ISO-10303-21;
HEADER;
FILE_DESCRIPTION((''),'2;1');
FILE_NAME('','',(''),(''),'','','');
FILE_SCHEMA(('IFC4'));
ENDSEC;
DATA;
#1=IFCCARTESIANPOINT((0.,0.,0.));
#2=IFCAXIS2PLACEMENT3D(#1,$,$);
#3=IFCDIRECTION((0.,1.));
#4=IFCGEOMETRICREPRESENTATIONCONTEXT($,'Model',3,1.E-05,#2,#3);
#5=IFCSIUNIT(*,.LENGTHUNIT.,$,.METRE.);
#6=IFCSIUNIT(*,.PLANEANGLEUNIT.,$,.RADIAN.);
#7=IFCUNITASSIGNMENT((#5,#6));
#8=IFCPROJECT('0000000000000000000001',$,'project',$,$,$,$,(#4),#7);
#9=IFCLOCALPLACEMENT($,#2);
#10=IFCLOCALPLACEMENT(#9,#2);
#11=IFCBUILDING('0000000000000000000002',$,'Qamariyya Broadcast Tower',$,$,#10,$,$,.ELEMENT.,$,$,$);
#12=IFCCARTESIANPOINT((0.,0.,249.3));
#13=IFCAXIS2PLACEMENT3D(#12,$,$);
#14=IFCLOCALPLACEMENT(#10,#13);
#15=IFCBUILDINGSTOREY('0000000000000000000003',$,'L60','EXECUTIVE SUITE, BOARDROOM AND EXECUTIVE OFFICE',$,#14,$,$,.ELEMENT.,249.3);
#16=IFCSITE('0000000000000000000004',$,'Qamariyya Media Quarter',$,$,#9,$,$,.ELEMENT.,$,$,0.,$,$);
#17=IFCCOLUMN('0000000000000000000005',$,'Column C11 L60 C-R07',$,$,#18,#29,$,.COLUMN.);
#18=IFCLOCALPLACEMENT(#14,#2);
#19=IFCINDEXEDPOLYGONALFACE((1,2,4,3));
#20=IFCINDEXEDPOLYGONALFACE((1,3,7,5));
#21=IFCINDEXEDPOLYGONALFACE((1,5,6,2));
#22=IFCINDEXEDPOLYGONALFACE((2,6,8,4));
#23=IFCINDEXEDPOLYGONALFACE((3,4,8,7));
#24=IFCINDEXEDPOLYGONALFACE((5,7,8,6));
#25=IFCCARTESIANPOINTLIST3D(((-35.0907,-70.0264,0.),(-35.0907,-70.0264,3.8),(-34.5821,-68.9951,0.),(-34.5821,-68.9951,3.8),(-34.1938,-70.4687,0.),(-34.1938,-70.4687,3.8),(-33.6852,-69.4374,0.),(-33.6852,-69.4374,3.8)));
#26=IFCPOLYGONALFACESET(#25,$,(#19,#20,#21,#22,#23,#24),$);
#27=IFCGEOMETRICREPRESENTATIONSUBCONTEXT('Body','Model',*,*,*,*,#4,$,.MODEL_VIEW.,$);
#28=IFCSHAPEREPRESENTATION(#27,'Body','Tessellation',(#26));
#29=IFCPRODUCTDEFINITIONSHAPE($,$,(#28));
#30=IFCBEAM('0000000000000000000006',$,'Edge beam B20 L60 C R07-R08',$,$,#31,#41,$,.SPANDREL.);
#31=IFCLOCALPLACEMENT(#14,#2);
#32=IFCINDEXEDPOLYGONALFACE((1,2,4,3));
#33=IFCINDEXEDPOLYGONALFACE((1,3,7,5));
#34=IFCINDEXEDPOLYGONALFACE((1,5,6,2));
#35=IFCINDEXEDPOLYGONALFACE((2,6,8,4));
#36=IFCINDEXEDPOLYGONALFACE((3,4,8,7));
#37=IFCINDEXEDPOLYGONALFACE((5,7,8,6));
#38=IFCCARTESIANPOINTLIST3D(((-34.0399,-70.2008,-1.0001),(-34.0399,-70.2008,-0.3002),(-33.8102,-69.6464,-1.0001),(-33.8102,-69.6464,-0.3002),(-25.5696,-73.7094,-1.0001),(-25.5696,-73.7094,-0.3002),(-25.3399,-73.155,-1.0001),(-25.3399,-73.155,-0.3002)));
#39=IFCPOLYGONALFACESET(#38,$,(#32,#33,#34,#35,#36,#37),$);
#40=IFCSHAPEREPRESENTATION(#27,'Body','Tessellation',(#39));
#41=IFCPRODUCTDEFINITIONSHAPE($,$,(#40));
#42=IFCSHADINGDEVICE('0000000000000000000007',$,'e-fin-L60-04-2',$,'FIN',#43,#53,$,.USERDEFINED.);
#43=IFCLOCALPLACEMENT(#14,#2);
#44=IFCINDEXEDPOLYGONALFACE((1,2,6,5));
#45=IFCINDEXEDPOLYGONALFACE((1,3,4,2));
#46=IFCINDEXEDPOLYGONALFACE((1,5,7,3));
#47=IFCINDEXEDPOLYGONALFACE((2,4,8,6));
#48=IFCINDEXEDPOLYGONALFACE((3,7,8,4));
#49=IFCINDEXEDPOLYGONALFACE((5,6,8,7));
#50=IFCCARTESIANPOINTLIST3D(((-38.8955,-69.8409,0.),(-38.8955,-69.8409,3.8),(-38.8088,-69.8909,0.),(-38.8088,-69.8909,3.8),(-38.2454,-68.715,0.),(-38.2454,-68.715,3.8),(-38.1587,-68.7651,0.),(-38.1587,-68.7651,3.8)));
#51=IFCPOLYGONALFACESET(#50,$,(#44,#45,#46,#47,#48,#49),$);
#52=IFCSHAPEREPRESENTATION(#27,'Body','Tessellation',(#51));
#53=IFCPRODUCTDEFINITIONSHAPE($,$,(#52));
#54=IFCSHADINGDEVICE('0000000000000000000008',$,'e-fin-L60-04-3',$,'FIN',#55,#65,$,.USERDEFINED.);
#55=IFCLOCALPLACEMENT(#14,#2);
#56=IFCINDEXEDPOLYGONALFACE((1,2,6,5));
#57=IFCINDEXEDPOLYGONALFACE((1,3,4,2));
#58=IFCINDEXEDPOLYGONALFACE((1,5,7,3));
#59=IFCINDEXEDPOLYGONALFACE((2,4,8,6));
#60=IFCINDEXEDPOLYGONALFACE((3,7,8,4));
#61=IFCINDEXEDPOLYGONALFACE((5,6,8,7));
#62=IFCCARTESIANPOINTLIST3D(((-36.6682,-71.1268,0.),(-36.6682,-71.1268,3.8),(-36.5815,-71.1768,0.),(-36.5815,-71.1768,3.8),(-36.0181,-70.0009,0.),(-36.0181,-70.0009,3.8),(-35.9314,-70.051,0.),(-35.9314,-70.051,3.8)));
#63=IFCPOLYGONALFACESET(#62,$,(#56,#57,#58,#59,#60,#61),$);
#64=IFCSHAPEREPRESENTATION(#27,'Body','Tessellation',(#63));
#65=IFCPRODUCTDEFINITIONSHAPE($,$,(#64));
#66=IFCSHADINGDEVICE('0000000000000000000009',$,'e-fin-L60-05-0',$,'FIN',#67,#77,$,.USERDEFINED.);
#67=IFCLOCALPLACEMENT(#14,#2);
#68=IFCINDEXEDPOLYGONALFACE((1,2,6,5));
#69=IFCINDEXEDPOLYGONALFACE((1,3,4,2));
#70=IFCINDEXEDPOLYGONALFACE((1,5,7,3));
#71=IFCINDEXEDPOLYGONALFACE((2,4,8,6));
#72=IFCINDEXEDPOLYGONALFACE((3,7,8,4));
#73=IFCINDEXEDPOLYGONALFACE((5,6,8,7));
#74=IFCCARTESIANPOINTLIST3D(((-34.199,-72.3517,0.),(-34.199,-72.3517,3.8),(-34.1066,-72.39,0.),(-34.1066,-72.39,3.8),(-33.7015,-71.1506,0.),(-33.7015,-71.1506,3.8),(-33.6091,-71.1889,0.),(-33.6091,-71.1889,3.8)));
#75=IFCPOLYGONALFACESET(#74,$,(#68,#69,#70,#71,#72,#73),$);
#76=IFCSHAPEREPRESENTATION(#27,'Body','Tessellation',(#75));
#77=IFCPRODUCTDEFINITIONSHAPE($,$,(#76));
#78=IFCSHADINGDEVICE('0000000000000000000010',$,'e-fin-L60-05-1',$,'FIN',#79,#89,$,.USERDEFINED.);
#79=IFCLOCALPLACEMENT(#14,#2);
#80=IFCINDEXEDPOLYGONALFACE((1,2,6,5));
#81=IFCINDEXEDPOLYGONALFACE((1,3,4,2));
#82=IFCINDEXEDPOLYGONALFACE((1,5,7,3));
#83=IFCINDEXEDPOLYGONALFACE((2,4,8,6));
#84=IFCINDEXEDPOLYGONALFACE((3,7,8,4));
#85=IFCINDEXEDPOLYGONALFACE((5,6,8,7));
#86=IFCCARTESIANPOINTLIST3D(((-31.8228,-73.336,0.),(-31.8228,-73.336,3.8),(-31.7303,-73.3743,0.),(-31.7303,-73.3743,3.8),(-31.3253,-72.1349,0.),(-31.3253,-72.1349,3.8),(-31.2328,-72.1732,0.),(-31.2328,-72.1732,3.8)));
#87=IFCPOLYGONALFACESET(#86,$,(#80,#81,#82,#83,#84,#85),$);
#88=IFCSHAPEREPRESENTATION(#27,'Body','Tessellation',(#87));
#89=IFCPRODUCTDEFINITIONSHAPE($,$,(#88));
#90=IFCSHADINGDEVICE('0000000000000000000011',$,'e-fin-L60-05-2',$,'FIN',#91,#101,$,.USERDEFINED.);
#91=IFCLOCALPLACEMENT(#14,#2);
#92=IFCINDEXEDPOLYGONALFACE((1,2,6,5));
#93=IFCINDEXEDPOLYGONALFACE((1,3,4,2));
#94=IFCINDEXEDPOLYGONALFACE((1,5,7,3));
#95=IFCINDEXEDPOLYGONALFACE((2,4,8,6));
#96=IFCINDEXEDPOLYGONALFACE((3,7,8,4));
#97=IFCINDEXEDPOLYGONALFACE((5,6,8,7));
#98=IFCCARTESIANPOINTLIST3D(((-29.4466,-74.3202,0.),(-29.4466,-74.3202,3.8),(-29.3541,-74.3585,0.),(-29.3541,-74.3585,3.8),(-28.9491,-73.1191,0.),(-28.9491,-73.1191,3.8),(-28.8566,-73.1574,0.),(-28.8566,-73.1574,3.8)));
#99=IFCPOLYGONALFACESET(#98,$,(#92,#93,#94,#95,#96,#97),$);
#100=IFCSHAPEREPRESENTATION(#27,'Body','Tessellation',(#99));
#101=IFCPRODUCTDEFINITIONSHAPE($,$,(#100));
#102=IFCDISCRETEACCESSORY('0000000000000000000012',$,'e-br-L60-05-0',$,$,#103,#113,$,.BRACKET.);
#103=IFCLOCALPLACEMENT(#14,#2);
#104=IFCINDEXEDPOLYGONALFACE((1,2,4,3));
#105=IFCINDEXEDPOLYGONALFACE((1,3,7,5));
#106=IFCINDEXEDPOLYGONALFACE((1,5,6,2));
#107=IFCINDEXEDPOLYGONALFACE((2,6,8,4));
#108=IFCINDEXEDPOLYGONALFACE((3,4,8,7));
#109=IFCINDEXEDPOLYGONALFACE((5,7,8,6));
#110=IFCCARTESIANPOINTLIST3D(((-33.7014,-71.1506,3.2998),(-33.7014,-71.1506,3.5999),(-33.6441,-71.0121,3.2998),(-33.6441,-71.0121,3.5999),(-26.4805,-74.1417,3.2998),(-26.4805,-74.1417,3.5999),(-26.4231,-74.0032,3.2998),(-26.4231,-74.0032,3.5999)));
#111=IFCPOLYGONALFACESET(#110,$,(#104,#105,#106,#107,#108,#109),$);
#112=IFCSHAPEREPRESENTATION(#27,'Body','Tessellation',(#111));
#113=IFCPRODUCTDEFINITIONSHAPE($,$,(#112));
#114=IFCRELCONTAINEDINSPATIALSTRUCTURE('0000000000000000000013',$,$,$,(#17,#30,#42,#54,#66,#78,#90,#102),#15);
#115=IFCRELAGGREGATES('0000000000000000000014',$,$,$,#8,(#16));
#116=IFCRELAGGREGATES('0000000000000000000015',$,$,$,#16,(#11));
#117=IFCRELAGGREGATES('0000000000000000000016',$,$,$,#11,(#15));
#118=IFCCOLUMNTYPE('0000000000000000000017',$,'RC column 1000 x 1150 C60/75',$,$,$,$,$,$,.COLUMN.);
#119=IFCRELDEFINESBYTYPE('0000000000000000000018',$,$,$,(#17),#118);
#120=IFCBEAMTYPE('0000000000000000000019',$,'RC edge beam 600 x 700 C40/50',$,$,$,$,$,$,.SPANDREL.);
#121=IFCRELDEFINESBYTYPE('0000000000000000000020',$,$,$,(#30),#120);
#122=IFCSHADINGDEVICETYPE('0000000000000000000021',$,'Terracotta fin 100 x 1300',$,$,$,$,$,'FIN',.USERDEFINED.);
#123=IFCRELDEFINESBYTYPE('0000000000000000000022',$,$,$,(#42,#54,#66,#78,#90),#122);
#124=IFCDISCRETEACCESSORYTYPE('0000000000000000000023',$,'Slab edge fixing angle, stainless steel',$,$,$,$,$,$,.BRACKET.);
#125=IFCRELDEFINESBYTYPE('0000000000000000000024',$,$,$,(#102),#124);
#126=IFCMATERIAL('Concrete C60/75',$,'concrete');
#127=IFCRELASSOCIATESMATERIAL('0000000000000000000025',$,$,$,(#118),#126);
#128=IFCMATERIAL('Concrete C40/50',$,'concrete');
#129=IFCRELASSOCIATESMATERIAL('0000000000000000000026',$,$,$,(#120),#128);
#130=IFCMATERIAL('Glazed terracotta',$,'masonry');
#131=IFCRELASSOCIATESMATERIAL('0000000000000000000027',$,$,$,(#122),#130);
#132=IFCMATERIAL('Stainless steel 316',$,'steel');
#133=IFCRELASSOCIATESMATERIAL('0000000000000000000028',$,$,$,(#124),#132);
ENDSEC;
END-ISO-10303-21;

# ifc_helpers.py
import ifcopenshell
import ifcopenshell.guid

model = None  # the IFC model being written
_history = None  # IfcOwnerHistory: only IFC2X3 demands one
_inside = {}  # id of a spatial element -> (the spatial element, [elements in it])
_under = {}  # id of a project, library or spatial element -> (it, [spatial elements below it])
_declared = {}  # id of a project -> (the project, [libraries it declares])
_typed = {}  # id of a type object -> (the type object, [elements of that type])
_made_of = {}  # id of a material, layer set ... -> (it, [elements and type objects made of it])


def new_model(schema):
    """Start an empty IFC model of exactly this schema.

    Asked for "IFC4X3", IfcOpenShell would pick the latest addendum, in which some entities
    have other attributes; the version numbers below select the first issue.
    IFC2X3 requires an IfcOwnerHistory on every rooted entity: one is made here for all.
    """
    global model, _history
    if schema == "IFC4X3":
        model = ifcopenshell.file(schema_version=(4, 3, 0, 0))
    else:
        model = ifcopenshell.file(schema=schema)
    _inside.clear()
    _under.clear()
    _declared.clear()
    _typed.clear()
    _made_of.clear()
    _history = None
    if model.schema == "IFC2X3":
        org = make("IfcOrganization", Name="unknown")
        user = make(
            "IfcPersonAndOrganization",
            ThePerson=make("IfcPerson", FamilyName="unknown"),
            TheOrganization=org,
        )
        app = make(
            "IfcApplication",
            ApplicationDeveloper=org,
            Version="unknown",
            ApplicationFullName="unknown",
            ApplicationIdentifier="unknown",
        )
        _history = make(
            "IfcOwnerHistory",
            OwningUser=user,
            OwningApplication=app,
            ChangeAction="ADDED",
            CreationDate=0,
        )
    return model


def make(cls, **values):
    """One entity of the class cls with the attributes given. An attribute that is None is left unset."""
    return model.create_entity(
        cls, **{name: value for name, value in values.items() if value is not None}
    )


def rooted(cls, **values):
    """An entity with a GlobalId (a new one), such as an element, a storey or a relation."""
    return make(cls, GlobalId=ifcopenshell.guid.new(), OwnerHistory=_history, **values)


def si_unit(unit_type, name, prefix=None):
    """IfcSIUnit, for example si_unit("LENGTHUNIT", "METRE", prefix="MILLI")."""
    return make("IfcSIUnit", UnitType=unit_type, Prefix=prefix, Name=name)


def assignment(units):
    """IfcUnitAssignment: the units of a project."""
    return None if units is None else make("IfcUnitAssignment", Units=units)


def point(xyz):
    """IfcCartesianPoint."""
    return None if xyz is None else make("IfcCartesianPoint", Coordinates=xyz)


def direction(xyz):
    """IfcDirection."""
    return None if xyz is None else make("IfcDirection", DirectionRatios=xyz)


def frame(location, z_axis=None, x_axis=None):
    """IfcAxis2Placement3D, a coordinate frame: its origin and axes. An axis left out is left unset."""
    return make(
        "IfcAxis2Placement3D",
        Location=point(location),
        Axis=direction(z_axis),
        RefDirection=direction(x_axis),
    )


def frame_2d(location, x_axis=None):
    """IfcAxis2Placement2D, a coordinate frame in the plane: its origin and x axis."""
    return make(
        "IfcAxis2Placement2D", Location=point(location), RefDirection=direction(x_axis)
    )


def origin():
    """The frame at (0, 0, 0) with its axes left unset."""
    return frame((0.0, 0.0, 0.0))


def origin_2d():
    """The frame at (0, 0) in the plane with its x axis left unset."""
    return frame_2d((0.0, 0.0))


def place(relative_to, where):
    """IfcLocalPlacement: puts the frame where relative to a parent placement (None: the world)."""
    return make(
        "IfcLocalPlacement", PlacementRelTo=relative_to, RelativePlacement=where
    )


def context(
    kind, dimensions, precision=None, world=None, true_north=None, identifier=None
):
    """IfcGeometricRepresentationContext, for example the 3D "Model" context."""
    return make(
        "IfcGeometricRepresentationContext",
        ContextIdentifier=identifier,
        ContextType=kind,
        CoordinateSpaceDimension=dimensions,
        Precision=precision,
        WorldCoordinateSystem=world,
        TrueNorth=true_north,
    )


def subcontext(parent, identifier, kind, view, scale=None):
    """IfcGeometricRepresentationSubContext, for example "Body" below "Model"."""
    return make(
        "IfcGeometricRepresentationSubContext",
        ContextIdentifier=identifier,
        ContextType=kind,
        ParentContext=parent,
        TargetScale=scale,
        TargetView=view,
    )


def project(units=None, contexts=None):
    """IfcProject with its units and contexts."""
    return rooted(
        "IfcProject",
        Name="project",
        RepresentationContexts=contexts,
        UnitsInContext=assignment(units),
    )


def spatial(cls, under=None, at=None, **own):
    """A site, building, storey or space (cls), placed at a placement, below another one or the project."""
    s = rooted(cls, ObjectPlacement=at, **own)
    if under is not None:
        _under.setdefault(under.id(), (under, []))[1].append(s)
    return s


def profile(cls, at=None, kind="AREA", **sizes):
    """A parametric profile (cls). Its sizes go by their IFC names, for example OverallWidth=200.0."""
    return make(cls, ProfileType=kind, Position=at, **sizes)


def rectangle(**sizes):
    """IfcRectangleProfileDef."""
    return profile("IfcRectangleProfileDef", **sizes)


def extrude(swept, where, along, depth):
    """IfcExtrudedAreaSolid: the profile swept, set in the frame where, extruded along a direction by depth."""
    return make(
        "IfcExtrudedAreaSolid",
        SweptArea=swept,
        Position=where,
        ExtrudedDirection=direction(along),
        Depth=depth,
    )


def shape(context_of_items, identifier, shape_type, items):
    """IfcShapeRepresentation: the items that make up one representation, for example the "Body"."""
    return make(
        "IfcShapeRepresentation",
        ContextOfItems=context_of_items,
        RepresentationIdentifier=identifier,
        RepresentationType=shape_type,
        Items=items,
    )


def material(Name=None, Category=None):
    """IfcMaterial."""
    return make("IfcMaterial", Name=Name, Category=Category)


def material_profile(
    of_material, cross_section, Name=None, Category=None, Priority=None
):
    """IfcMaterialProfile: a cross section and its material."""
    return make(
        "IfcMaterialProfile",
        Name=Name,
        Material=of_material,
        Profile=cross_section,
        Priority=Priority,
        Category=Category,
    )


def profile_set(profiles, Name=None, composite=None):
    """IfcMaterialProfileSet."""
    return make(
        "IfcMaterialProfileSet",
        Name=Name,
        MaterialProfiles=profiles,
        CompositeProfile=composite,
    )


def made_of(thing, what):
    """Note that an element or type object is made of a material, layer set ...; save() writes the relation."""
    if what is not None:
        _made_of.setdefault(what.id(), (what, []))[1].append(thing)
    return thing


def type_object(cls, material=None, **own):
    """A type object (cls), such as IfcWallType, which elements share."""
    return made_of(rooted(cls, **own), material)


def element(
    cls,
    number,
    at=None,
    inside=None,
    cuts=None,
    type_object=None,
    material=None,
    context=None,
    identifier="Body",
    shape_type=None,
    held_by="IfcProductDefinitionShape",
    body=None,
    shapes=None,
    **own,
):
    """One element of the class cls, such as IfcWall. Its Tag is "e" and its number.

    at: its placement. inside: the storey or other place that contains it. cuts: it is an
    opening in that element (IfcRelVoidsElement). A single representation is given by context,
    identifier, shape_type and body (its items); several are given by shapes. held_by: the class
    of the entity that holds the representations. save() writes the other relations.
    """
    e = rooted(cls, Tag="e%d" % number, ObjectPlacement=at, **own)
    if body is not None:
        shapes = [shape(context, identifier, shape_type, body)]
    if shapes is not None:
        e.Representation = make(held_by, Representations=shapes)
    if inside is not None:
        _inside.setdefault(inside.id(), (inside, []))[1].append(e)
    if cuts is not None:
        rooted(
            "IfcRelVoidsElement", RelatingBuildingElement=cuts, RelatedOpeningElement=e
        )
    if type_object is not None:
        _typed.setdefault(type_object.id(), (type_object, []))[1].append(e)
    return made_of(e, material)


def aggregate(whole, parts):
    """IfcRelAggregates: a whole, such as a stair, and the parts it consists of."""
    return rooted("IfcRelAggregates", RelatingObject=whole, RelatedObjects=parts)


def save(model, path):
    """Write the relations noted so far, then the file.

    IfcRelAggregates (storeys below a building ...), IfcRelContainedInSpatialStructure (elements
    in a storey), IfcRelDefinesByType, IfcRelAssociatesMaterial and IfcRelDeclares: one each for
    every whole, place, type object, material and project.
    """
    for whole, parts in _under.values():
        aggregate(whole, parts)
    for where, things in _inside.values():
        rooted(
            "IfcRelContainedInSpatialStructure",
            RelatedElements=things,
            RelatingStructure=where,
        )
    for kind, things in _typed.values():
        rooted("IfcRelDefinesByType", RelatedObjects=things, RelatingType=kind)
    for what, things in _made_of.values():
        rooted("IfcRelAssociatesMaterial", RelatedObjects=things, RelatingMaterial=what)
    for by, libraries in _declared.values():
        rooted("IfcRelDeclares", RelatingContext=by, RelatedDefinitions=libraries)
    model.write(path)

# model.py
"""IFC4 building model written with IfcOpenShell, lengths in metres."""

from ifc_helpers import new_model, si_unit, direction, frame, origin, origin_2d, place, context, subcontext, project, spatial, rectangle, extrude, material, material_profile, profile_set, type_object, element, save


model = new_model("IFC4")

# Units and contexts
model_context = context("Model", 3, precision=1e-05, world=origin(), true_north=direction((0.0, 1.0)))
body_context = subcontext(model_context, "Body", "Model", "MODEL_VIEW")
ifc_project = project(units=[si_unit("LENGTHUNIT", "METRE"), si_unit("PLANEANGLEUNIT", "RADIAN")], contexts=[model_context])

# Site, building, storey
site_placement = place(None, origin())
site = spatial("IfcSite", under=ifc_project, at=site_placement, Name="Qamariyya Media Quarter", CompositionType="ELEMENT", RefElevation=0.0)
building_placement = place(site_placement, origin())
building = spatial("IfcBuilding", under=site, at=building_placement, Name="Qamariyya Broadcast Tower", CompositionType="ELEMENT")
storey_placement = place(building_placement, frame((0.0, 0.0, 249.3)))
storey = spatial("IfcBuildingStorey", under=building, at=storey_placement, Name="L60", Description="EXECUTIVE SUITE, BOARDROOM AND EXECUTIVE OFFICE", CompositionType="ELEMENT", Elevation=249.3)

# Column
ifc_material_1 = material(Name="Concrete C60/75", Category="concrete")
ifc_material_profile_1 = material_profile(ifc_material_1, rectangle(XDim=1.0, YDim=1.1499, at=origin_2d()))
ifc_profile_set_1 = profile_set([ifc_material_profile_1], Name="Concrete C60/75")
column_type = type_object("IfcColumnType", Name="RC column 1000 x 1150 C60/75", PredefinedType="COLUMN", material=ifc_profile_set_1)
column_placement = place(storey_placement, frame((-34.3879, -69.7319, 0.0), z_axis=(0.0, 0.0, 1.0), x_axis=(0.896873, -0.442289, 0.0)))
element("IfcColumn", 1, at=column_placement, inside=storey, type_object=column_type, Name="Column C11 L60 C-R07", PredefinedType="COLUMN", context=body_context, shape_type="SweptSolid", body=[
    extrude(rectangle(XDim=1.0, YDim=1.1499, at=origin_2d()), origin(), (0.0, 0.0, 1.0), 3.8),
])

# Beam
ifc_material_2 = material(Name="Concrete C40/50", Category="concrete")
ifc_material_profile_2 = material_profile(ifc_material_2, rectangle(XDim=0.6001, YDim=0.7, at=origin_2d()))
ifc_profile_set_2 = profile_set([ifc_material_profile_2], Name="Concrete C40/50")
beam_type = type_object("IfcBeamType", Name="RC edge beam 600 x 700 C40/50", PredefinedType="SPANDREL", material=ifc_profile_set_2)
beam_placement = place(storey_placement, frame((-33.925, -69.9236, -0.6501), z_axis=(0.923877, -0.38269, 0.0), x_axis=(0.38269, 0.923877, 0.0)))
element("IfcBeam", 2, at=beam_placement, inside=storey, type_object=beam_type, Name="Edge beam B20 L60 C R07-R08", PredefinedType="SPANDREL", context=body_context, shape_type="SweptSolid", body=[
    extrude(rectangle(XDim=0.6001, YDim=0.7, at=origin_2d()), origin(), (0.0, 0.0, 1.0), 9.1682),
])

# Shading devices
ifc_material_3 = material(Name="Glazed terracotta", Category="masonry")
ifc_material_profile_3 = material_profile(ifc_material_3, rectangle(XDim=1.3, YDim=0.1001, at=origin_2d()))
ifc_profile_set_3 = profile_set([ifc_material_profile_3], Name="Glazed terracotta")
shading_device_type_1 = type_object("IfcShadingDeviceType", Name="Terracotta fin 100 x 1300", ElementType="FIN", PredefinedType="USERDEFINED", material=ifc_profile_set_3)
for number, where, z_axis, x_axis, name in (
    (3, (-38.5271, -69.303, 0.0), (0.0, 0.0, 1.0), (-0.5, -0.866025, 0.0), "e-fin-L60-04-2"),
    (4, (-36.2998, -70.5889, 0.0), (0.0, 0.0, 1.0), (-0.5, -0.866025, 0.0), "e-fin-L60-04-3"),
    (5, (-33.9041, -71.7703, 0.0), (0.0, 0.0, 1.0), (-0.382683, -0.92388, 0.0), "e-fin-L60-05-0"),
    (6, (-31.5278, -72.7546, 0.0), (0.0, 0.0, 1.0), (-0.382683, -0.92388, 0.0), "e-fin-L60-05-1"),
    (7, (-29.1516, -73.7388, 0.0), (0.0, 0.0, 1.0), (-0.382683, -0.92388, 0.0), "e-fin-L60-05-2"),
):
    element("IfcShadingDevice", number, at=place(storey_placement, frame(where, z_axis=z_axis, x_axis=x_axis)), inside=storey, type_object=shading_device_type_1, Name=name, ObjectType="FIN", PredefinedType="USERDEFINED", context=body_context, shape_type="SweptSolid", body=[
        extrude(rectangle(XDim=1.3, YDim=0.1001, at=origin_2d()), origin(), (0.0, 0.0, 1.0), 3.8),
    ])

# Discrete accessory
ifc_material_4 = material(Name="Stainless steel 316", Category="steel")
discrete_accessory_type = type_object("IfcDiscreteAccessoryType", Name="Slab edge fixing angle, stainless steel", PredefinedType="BRACKET", material=ifc_material_4)
discrete_accessory_placement = place(storey_placement, frame((-30.0623, -72.5769, 3.2998), z_axis=(0.0, 0.0, 1.0), x_axis=(0.92388, -0.382683, 0.0)))
element("IfcDiscreteAccessory", 8, at=discrete_accessory_placement, inside=storey, type_object=discrete_accessory_type, Name="e-br-L60-05-0", PredefinedType="BRACKET", context=body_context, shape_type="SweptSolid", body=[
    extrude(rectangle(XDim=7.8159, YDim=0.1499, at=origin_2d()), origin(), (0.0, 0.0, 1.0), 0.3),
])

save(model, "model.ifc")
